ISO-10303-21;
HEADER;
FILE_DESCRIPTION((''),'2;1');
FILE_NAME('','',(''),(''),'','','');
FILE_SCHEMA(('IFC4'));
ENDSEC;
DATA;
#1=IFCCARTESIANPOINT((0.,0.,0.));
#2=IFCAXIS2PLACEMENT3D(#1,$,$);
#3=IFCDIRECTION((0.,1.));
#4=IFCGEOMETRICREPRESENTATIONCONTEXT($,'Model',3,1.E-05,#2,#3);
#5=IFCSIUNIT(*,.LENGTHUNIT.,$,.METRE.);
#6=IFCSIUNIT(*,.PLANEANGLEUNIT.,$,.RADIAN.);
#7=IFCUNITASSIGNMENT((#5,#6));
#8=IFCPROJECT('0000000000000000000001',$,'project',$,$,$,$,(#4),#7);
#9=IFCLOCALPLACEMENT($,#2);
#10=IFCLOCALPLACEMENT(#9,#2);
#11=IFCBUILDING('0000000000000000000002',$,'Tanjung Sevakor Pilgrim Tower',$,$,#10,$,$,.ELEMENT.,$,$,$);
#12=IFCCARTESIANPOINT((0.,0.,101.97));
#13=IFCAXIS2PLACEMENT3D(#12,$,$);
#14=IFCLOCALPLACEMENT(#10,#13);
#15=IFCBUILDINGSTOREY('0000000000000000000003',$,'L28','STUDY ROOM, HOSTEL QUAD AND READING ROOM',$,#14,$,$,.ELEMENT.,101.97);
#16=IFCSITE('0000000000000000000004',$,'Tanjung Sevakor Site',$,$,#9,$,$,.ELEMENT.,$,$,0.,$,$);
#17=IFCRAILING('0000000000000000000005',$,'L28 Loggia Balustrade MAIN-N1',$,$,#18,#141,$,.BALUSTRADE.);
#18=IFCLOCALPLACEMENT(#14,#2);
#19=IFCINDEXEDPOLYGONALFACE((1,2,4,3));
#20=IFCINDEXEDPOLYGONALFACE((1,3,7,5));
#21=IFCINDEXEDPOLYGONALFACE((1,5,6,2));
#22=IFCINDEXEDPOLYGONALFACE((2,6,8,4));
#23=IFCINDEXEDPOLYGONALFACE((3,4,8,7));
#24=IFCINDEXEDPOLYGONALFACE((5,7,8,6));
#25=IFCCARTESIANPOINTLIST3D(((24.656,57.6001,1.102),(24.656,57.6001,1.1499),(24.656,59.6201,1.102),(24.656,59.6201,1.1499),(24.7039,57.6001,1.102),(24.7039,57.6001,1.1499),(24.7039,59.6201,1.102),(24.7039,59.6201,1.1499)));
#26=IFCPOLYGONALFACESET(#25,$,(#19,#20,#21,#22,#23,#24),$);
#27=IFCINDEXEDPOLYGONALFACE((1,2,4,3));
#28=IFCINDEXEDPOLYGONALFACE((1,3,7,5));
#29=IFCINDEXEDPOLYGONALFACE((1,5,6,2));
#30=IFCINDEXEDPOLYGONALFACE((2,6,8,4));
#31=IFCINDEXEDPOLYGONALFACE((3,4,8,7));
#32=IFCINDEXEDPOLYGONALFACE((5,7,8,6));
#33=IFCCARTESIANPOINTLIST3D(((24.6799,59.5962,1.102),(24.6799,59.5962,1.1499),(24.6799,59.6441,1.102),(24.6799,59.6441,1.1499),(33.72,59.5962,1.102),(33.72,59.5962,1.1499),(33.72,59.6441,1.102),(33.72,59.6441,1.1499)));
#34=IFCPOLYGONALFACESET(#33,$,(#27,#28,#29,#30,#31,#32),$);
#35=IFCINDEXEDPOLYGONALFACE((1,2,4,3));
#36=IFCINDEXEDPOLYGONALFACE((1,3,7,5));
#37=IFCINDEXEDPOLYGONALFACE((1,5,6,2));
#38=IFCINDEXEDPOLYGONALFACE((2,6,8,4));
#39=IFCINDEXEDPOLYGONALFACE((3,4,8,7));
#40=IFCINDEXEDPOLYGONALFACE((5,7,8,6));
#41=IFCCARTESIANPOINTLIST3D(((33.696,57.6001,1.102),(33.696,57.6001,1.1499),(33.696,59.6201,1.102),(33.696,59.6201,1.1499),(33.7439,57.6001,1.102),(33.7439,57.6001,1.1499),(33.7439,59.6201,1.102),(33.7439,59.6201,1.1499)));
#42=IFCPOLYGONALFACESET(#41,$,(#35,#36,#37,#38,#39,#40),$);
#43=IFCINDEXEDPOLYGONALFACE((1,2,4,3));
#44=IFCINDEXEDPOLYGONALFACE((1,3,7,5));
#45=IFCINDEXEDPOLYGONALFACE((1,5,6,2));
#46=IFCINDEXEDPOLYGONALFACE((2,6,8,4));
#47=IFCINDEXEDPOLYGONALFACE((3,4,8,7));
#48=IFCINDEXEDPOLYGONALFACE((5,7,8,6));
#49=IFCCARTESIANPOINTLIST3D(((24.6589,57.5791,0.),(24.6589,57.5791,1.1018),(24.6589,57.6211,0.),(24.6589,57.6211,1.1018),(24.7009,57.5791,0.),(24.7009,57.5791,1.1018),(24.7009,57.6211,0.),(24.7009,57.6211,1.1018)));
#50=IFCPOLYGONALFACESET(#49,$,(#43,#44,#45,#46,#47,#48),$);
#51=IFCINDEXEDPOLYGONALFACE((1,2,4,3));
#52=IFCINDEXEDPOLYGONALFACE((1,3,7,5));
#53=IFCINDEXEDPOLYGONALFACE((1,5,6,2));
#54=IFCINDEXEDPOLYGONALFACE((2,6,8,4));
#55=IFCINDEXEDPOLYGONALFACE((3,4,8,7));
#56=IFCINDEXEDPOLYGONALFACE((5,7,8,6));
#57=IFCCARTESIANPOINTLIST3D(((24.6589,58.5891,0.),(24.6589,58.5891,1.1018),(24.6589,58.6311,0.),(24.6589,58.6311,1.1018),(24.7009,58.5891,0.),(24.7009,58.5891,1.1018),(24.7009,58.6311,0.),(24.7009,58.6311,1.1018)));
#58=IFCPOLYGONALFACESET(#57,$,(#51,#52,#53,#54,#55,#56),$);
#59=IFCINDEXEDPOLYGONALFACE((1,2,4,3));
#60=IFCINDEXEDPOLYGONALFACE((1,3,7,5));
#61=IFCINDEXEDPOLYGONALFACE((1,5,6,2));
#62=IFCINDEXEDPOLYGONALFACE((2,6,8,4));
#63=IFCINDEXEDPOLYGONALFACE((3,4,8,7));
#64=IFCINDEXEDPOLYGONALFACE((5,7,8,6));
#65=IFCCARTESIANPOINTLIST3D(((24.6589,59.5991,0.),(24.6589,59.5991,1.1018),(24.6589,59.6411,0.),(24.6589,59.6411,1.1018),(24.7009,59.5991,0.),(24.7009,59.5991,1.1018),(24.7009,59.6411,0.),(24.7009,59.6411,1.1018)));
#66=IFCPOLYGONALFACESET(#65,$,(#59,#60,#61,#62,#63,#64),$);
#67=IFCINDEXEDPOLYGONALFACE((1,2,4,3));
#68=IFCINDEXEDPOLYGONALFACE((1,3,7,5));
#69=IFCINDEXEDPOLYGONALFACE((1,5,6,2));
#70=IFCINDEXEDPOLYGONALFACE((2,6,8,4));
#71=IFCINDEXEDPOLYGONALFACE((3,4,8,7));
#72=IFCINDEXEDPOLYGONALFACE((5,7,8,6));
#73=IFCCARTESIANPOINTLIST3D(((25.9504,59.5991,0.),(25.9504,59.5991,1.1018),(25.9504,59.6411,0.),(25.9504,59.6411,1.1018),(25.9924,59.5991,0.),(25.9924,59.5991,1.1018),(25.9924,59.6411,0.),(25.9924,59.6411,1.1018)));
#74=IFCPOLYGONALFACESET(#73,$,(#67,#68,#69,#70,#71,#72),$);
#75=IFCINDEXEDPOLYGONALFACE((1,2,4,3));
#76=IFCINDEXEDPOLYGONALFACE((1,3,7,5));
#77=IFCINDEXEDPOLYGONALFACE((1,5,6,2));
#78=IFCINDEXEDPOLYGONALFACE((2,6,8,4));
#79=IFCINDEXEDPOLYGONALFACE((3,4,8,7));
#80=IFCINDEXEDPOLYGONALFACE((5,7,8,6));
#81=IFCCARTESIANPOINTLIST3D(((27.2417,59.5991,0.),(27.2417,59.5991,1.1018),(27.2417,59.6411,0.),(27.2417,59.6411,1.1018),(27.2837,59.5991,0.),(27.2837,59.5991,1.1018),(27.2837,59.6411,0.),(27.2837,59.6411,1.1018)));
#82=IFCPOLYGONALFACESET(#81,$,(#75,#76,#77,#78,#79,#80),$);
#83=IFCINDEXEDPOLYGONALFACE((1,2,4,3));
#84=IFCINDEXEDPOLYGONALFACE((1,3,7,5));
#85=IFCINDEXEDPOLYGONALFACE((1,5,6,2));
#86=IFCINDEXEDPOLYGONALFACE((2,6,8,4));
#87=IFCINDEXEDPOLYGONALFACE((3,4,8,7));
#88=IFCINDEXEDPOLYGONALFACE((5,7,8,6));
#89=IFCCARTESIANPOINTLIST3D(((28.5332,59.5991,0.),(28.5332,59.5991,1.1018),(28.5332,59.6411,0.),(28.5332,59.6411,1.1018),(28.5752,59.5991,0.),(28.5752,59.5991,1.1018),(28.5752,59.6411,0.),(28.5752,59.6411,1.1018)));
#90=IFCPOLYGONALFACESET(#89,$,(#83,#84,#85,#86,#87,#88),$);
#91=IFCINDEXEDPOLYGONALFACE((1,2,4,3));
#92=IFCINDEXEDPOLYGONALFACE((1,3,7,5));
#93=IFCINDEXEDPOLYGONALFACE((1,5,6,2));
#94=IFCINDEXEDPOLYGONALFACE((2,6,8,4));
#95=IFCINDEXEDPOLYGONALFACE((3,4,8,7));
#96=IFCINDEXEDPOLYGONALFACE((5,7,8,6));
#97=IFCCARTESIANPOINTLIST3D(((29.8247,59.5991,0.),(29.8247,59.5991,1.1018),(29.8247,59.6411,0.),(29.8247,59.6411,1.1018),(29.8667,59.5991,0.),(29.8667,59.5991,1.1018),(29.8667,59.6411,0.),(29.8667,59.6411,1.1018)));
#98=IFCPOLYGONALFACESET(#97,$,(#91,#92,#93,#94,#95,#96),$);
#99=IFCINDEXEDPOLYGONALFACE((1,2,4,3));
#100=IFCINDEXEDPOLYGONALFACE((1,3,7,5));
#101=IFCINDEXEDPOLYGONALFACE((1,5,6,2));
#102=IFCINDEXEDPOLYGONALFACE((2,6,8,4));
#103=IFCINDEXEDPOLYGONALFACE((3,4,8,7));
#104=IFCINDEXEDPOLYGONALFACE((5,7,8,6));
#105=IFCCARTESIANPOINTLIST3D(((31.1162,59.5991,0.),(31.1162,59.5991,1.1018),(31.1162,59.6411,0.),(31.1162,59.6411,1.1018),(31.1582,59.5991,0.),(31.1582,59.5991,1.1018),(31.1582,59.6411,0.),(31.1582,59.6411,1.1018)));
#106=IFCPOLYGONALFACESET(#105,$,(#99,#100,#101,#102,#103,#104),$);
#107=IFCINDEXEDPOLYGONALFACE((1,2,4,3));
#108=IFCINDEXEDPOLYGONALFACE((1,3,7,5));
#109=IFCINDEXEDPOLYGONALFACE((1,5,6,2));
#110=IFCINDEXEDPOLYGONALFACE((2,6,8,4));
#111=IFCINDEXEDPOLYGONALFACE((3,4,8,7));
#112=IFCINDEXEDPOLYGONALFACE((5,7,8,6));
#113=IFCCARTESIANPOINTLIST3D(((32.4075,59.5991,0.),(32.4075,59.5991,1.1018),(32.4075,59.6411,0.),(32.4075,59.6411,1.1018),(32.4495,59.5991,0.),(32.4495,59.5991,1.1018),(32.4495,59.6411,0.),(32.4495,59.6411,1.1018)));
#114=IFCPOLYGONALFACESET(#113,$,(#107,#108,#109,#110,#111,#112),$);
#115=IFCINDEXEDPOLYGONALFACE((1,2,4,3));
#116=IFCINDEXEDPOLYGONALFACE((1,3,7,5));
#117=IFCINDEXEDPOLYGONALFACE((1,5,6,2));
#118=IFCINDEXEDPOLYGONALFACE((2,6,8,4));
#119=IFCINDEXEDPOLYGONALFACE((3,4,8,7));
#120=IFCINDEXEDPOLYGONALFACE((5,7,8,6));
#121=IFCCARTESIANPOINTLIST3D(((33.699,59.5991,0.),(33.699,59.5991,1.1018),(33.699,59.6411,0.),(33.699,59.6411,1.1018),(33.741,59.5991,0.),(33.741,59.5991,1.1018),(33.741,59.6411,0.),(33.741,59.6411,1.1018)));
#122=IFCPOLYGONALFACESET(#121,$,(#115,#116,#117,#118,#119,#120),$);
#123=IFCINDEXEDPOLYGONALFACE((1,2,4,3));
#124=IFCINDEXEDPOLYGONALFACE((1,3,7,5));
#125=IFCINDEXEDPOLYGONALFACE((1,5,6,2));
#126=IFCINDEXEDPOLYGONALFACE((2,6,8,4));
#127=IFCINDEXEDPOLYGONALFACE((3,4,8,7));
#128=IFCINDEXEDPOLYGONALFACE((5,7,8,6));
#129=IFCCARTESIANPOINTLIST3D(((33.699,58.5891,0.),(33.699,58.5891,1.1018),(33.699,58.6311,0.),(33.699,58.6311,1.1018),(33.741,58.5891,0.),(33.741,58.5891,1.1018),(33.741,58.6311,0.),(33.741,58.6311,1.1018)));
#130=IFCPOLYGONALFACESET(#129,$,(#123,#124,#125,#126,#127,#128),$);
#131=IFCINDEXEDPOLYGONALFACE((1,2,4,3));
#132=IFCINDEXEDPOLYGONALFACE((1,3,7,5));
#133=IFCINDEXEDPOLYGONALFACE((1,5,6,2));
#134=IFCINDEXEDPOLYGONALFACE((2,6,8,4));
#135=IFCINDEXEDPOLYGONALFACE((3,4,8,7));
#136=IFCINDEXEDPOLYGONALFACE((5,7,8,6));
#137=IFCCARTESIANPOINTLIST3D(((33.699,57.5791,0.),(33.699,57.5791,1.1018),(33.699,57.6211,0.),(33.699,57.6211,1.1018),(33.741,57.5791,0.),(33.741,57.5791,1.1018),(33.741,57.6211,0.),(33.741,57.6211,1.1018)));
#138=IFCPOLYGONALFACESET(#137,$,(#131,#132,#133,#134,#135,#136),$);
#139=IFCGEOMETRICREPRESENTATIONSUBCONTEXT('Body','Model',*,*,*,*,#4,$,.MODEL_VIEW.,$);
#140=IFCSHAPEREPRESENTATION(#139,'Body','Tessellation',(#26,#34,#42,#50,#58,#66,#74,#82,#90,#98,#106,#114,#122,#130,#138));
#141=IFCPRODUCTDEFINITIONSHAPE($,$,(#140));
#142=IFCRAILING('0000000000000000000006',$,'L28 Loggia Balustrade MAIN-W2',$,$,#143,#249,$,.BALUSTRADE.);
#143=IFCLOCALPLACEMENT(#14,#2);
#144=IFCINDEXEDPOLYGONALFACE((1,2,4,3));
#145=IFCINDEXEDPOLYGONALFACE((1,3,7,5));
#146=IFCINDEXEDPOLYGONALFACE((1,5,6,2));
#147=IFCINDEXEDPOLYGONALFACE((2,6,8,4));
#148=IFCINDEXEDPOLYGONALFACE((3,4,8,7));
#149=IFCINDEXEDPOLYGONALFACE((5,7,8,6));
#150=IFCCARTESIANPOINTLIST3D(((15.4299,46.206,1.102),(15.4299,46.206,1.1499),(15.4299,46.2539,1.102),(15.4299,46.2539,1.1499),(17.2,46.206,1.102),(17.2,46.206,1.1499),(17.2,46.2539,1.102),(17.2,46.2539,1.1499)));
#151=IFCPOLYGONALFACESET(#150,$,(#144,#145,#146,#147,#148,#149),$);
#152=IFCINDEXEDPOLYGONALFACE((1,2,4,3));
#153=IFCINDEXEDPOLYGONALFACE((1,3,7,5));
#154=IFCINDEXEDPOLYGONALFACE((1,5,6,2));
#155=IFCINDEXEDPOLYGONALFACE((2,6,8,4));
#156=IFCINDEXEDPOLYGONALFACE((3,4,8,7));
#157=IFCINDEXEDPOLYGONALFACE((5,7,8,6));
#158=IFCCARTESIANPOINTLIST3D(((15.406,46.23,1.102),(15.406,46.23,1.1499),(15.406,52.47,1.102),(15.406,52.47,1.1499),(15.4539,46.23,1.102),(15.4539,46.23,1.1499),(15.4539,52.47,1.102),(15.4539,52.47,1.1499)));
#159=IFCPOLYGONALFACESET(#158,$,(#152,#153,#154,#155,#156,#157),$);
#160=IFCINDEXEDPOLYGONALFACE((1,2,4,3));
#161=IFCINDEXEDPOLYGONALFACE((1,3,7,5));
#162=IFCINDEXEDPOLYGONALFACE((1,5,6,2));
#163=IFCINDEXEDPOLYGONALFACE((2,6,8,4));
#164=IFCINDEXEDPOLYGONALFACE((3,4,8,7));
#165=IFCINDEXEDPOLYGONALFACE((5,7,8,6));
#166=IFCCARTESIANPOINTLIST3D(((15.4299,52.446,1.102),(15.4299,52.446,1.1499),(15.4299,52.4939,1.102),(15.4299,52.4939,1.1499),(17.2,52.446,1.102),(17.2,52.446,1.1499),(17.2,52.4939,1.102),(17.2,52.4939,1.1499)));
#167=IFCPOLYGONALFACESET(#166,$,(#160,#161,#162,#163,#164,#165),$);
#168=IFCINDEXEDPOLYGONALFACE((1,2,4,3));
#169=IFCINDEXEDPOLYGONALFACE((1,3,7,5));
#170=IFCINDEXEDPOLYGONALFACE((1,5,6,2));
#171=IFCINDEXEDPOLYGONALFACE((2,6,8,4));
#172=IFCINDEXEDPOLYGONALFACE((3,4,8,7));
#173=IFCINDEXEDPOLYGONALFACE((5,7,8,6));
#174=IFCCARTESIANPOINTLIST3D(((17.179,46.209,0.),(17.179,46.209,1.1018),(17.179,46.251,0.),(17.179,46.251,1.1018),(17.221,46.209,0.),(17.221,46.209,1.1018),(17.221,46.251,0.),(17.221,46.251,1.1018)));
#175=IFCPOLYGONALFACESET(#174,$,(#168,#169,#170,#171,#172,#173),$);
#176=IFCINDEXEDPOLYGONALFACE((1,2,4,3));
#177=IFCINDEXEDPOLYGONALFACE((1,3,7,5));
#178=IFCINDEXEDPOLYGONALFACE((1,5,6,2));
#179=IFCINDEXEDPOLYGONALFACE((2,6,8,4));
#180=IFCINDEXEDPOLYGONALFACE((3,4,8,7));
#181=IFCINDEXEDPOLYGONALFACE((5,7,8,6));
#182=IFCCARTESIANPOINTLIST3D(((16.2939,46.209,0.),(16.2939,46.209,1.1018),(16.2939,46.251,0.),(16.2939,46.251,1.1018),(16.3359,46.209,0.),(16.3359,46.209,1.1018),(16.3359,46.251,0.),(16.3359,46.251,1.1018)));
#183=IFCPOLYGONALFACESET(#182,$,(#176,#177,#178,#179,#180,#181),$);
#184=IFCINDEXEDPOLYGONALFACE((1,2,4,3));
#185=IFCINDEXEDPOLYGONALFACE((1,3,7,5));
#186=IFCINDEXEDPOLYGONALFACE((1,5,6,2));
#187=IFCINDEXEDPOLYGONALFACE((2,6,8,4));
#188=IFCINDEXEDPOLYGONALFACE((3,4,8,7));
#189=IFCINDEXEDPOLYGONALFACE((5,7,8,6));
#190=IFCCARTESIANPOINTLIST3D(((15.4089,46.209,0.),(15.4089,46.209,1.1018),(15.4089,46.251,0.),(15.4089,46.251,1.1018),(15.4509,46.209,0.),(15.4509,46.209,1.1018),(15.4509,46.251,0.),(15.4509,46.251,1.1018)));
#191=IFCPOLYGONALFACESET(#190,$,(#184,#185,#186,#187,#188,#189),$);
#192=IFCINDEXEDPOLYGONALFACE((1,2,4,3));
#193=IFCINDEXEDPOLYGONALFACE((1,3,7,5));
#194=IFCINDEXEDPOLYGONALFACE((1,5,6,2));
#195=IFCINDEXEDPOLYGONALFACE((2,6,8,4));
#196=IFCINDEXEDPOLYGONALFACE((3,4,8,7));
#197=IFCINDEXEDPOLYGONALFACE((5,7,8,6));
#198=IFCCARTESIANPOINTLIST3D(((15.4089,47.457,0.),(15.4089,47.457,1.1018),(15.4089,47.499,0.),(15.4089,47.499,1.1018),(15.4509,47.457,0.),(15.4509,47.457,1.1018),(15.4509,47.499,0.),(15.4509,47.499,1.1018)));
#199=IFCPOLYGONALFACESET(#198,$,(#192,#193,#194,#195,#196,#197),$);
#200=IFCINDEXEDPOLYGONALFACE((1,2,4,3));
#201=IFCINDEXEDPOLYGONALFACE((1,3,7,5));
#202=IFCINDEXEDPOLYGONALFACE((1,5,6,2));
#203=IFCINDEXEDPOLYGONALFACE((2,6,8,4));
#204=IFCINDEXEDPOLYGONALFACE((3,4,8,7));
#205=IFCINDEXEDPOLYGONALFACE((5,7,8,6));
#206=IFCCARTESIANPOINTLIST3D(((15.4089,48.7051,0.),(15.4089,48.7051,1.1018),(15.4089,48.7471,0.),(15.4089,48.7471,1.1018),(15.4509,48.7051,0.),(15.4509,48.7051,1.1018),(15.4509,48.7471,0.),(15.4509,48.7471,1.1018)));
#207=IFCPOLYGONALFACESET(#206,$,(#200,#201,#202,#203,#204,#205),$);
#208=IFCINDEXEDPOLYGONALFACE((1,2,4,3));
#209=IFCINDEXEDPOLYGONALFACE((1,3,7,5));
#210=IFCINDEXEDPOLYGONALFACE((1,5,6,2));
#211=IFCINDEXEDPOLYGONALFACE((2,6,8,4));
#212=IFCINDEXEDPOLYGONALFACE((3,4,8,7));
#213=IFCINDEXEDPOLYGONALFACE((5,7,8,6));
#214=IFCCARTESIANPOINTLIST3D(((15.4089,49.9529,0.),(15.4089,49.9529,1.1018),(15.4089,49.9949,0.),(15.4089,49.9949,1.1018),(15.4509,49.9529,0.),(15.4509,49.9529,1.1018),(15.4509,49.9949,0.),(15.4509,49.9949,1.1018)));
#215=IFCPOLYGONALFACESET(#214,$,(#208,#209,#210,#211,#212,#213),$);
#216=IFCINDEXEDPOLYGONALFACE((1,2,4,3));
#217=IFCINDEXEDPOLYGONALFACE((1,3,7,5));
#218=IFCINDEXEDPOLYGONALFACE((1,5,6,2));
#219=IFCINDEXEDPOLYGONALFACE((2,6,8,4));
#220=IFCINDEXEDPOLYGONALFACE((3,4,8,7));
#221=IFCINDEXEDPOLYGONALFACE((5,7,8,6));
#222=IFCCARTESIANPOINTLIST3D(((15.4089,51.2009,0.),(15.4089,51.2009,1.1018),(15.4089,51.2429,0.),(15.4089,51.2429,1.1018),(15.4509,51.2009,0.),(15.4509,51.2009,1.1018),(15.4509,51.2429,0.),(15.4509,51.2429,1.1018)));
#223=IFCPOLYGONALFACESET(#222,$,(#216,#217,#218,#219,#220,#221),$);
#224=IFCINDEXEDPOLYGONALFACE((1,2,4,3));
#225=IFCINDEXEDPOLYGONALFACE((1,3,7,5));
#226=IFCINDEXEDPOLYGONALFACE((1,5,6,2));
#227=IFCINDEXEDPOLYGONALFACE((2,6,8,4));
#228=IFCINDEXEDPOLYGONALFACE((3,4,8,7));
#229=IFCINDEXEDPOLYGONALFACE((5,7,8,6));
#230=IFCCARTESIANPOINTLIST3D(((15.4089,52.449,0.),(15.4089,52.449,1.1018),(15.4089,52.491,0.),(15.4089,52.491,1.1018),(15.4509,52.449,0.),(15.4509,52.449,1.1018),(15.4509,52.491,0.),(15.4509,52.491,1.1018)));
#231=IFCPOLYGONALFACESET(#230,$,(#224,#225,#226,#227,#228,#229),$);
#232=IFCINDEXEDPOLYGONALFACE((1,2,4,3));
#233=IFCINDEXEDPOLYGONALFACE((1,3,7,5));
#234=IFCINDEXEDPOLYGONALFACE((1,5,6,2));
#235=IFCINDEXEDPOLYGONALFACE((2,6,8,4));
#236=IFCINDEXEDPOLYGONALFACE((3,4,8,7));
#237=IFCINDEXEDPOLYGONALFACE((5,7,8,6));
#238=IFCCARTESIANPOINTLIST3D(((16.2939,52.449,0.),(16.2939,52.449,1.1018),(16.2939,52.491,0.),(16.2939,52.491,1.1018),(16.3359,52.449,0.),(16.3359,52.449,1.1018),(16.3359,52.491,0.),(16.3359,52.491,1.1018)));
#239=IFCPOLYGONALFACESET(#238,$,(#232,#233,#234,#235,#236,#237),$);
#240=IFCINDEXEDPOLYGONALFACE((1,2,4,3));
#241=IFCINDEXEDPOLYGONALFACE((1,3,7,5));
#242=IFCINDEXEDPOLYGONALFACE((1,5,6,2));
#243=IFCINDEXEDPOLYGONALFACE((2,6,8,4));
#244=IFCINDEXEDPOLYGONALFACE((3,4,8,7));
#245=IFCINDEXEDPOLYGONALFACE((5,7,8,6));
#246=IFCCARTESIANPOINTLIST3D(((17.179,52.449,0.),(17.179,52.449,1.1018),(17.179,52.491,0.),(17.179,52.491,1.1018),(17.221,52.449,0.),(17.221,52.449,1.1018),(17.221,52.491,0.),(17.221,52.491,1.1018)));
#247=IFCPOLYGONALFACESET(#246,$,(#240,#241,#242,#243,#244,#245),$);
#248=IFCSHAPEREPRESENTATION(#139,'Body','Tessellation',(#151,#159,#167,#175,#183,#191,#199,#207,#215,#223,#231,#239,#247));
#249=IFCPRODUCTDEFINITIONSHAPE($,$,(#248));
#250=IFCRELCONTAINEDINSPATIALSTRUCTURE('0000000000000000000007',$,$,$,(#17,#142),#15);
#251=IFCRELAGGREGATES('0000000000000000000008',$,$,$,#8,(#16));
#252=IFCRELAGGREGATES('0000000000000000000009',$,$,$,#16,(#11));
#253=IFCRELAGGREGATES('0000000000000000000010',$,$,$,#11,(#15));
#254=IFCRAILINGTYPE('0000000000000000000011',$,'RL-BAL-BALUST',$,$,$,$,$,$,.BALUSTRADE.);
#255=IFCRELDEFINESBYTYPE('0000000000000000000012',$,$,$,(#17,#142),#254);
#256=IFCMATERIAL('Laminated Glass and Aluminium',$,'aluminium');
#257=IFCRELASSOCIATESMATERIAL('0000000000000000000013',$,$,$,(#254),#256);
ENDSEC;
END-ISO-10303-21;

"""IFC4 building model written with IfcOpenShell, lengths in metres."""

from ifc_helpers import new_model, si_unit, direction, frame, origin, place, context, subcontext, project, spatial, rectangle, extrude, material, type_object, element, save


model = new_model("IFC4")

# Units and contexts
model_context = context("Model", 3, precision=1e-05, world=origin(), true_north=direction((0.0, 1.0)))
body_context = subcontext(model_context, "Body", "Model", "MODEL_VIEW")
ifc_project = project(units=[si_unit("LENGTHUNIT", "METRE"), si_unit("PLANEANGLEUNIT", "RADIAN")], contexts=[model_context])

# Site, building, storey
site_placement = place(None, origin())
site = spatial("IfcSite", under=ifc_project, at=site_placement, Name="Tanjung Sevakor Site", CompositionType="ELEMENT", RefElevation=0.0)
building_placement = place(site_placement, origin())
building = spatial("IfcBuilding", under=site, at=building_placement, Name="Tanjung Sevakor Pilgrim Tower", CompositionType="ELEMENT")
storey_placement = place(building_placement, frame((0.0, 0.0, 101.97)))
storey = spatial("IfcBuildingStorey", under=building, at=storey_placement, Name="L28", Description="STUDY ROOM, HOSTEL QUAD AND READING ROOM", CompositionType="ELEMENT", Elevation=101.97)

# Railings
ifc_material_1 = material(Name="Laminated Glass and Aluminium", Category="aluminium")
railing_type = type_object("IfcRailingType", Name="RL-BAL-BALUST", PredefinedType="BALUSTRADE", material=ifc_material_1)
railing_1_placement = place(storey_placement, frame((24.6799, 57.6001, 0.0)))
element("IfcRailing", 1, at=railing_1_placement, inside=storey, type_object=railing_type, Name="L28 Loggia Balustrade MAIN-N1", PredefinedType="BALUSTRADE", context=body_context, shape_type="SweptSolid", body=[
    extrude(rectangle(XDim=0.0479, YDim=0.0479), frame((0.0, 0.0, 1.126), z_axis=(0.0, 1.0, 0.0), x_axis=(-1.0, 0.0, 0.0)), (0.0, 0.0, 1.0), 2.02),
    extrude(rectangle(XDim=0.0479, YDim=0.0479), frame((0.0, 2.02, 1.126), z_axis=(1.0, 0.0, 0.0), x_axis=(0.0, 1.0, 0.0)), (0.0, 0.0, 1.0), 9.04),
    extrude(rectangle(XDim=0.0479, YDim=0.0479), frame((9.04, 2.02, 1.126), z_axis=(0.0, -1.0, 0.0), x_axis=(1.0, 0.0, 0.0)), (0.0, 0.0, 1.0), 2.02),
    extrude(rectangle(XDim=0.042, YDim=0.042), origin(), (0.0, 0.0, 1.0), 1.1018),
    extrude(rectangle(XDim=0.042, YDim=0.042), frame((0.0, 1.01, 0.0)), (0.0, 0.0, 1.0), 1.1018),
    extrude(rectangle(XDim=0.042, YDim=0.042), frame((0.0, 2.02, 0.0)), (0.0, 0.0, 1.0), 1.1018),
    extrude(rectangle(XDim=0.042, YDim=0.042), frame((1.2915, 2.02, 0.0)), (0.0, 0.0, 1.0), 1.1018),
    extrude(rectangle(XDim=0.042, YDim=0.042), frame((2.5828, 2.02, 0.0)), (0.0, 0.0, 1.0), 1.1018),
    extrude(rectangle(XDim=0.042, YDim=0.042), frame((3.8743, 2.02, 0.0)), (0.0, 0.0, 1.0), 1.1018),
    extrude(rectangle(XDim=0.042, YDim=0.042), frame((5.1658, 2.02, 0.0)), (0.0, 0.0, 1.0), 1.1018),
    extrude(rectangle(XDim=0.042, YDim=0.042), frame((6.4573, 2.02, 0.0)), (0.0, 0.0, 1.0), 1.1018),
    extrude(rectangle(XDim=0.042, YDim=0.042), frame((7.7485, 2.02, 0.0)), (0.0, 0.0, 1.0), 1.1018),
    extrude(rectangle(XDim=0.042, YDim=0.042), frame((9.04, 2.02, 0.0)), (0.0, 0.0, 1.0), 1.1018),
    extrude(rectangle(XDim=0.042, YDim=0.042), frame((9.04, 1.01, 0.0)), (0.0, 0.0, 1.0), 1.1018),
    extrude(rectangle(XDim=0.042, YDim=0.042), frame((9.04, 0.0, 0.0)), (0.0, 0.0, 1.0), 1.1018),
])
railing_2_placement = place(storey_placement, frame((17.2, 46.23, 0.0)))
element("IfcRailing", 2, at=railing_2_placement, inside=storey, type_object=railing_type, Name="L28 Loggia Balustrade MAIN-W2", PredefinedType="BALUSTRADE", context=body_context, shape_type="SweptSolid", body=[
    extrude(rectangle(XDim=0.0479, YDim=0.0479), frame((0.0, 0.0, 1.126), z_axis=(-1.0, 0.0, 0.0), x_axis=(0.0, -1.0, 0.0)), (0.0, 0.0, 1.0), 1.77),
    extrude(rectangle(XDim=0.0479, YDim=0.0479), frame((-1.77, 0.0, 1.126), z_axis=(0.0, 1.0, 0.0), x_axis=(-1.0, 0.0, 0.0)), (0.0, 0.0, 1.0), 6.24),
    extrude(rectangle(XDim=0.0479, YDim=0.0479), frame((-1.77, 6.24, 1.126), z_axis=(1.0, 0.0, 0.0), x_axis=(0.0, 1.0, 0.0)), (0.0, 0.0, 1.0), 1.77),
    extrude(rectangle(XDim=0.042, YDim=0.042), origin(), (0.0, 0.0, 1.0), 1.1018),
    extrude(rectangle(XDim=0.042, YDim=0.042), frame((-0.885, 0.0, 0.0)), (0.0, 0.0, 1.0), 1.1018),
    extrude(rectangle(XDim=0.042, YDim=0.042), frame((-1.77, 0.0, 0.0)), (0.0, 0.0, 1.0), 1.1018),
    extrude(rectangle(XDim=0.042, YDim=0.042), frame((-1.77, 1.248, 0.0)), (0.0, 0.0, 1.0), 1.1018),
    extrude(rectangle(XDim=0.042, YDim=0.042), frame((-1.77, 2.4961, 0.0)), (0.0, 0.0, 1.0), 1.1018),
    extrude(rectangle(XDim=0.042, YDim=0.042), frame((-1.77, 3.7439, 0.0)), (0.0, 0.0, 1.0), 1.1018),
    extrude(rectangle(XDim=0.042, YDim=0.042), frame((-1.77, 4.9919, 0.0)), (0.0, 0.0, 1.0), 1.1018),
    extrude(rectangle(XDim=0.042, YDim=0.042), frame((-1.77, 6.24, 0.0)), (0.0, 0.0, 1.0), 1.1018),
    extrude(rectangle(XDim=0.042, YDim=0.042), frame((-0.885, 6.24, 0.0)), (0.0, 0.0, 1.0), 1.1018),
    extrude(rectangle(XDim=0.042, YDim=0.042), frame((0.0, 6.24, 0.0)), (0.0, 0.0, 1.0), 1.1018),
])

save(model, "model.ifc")
